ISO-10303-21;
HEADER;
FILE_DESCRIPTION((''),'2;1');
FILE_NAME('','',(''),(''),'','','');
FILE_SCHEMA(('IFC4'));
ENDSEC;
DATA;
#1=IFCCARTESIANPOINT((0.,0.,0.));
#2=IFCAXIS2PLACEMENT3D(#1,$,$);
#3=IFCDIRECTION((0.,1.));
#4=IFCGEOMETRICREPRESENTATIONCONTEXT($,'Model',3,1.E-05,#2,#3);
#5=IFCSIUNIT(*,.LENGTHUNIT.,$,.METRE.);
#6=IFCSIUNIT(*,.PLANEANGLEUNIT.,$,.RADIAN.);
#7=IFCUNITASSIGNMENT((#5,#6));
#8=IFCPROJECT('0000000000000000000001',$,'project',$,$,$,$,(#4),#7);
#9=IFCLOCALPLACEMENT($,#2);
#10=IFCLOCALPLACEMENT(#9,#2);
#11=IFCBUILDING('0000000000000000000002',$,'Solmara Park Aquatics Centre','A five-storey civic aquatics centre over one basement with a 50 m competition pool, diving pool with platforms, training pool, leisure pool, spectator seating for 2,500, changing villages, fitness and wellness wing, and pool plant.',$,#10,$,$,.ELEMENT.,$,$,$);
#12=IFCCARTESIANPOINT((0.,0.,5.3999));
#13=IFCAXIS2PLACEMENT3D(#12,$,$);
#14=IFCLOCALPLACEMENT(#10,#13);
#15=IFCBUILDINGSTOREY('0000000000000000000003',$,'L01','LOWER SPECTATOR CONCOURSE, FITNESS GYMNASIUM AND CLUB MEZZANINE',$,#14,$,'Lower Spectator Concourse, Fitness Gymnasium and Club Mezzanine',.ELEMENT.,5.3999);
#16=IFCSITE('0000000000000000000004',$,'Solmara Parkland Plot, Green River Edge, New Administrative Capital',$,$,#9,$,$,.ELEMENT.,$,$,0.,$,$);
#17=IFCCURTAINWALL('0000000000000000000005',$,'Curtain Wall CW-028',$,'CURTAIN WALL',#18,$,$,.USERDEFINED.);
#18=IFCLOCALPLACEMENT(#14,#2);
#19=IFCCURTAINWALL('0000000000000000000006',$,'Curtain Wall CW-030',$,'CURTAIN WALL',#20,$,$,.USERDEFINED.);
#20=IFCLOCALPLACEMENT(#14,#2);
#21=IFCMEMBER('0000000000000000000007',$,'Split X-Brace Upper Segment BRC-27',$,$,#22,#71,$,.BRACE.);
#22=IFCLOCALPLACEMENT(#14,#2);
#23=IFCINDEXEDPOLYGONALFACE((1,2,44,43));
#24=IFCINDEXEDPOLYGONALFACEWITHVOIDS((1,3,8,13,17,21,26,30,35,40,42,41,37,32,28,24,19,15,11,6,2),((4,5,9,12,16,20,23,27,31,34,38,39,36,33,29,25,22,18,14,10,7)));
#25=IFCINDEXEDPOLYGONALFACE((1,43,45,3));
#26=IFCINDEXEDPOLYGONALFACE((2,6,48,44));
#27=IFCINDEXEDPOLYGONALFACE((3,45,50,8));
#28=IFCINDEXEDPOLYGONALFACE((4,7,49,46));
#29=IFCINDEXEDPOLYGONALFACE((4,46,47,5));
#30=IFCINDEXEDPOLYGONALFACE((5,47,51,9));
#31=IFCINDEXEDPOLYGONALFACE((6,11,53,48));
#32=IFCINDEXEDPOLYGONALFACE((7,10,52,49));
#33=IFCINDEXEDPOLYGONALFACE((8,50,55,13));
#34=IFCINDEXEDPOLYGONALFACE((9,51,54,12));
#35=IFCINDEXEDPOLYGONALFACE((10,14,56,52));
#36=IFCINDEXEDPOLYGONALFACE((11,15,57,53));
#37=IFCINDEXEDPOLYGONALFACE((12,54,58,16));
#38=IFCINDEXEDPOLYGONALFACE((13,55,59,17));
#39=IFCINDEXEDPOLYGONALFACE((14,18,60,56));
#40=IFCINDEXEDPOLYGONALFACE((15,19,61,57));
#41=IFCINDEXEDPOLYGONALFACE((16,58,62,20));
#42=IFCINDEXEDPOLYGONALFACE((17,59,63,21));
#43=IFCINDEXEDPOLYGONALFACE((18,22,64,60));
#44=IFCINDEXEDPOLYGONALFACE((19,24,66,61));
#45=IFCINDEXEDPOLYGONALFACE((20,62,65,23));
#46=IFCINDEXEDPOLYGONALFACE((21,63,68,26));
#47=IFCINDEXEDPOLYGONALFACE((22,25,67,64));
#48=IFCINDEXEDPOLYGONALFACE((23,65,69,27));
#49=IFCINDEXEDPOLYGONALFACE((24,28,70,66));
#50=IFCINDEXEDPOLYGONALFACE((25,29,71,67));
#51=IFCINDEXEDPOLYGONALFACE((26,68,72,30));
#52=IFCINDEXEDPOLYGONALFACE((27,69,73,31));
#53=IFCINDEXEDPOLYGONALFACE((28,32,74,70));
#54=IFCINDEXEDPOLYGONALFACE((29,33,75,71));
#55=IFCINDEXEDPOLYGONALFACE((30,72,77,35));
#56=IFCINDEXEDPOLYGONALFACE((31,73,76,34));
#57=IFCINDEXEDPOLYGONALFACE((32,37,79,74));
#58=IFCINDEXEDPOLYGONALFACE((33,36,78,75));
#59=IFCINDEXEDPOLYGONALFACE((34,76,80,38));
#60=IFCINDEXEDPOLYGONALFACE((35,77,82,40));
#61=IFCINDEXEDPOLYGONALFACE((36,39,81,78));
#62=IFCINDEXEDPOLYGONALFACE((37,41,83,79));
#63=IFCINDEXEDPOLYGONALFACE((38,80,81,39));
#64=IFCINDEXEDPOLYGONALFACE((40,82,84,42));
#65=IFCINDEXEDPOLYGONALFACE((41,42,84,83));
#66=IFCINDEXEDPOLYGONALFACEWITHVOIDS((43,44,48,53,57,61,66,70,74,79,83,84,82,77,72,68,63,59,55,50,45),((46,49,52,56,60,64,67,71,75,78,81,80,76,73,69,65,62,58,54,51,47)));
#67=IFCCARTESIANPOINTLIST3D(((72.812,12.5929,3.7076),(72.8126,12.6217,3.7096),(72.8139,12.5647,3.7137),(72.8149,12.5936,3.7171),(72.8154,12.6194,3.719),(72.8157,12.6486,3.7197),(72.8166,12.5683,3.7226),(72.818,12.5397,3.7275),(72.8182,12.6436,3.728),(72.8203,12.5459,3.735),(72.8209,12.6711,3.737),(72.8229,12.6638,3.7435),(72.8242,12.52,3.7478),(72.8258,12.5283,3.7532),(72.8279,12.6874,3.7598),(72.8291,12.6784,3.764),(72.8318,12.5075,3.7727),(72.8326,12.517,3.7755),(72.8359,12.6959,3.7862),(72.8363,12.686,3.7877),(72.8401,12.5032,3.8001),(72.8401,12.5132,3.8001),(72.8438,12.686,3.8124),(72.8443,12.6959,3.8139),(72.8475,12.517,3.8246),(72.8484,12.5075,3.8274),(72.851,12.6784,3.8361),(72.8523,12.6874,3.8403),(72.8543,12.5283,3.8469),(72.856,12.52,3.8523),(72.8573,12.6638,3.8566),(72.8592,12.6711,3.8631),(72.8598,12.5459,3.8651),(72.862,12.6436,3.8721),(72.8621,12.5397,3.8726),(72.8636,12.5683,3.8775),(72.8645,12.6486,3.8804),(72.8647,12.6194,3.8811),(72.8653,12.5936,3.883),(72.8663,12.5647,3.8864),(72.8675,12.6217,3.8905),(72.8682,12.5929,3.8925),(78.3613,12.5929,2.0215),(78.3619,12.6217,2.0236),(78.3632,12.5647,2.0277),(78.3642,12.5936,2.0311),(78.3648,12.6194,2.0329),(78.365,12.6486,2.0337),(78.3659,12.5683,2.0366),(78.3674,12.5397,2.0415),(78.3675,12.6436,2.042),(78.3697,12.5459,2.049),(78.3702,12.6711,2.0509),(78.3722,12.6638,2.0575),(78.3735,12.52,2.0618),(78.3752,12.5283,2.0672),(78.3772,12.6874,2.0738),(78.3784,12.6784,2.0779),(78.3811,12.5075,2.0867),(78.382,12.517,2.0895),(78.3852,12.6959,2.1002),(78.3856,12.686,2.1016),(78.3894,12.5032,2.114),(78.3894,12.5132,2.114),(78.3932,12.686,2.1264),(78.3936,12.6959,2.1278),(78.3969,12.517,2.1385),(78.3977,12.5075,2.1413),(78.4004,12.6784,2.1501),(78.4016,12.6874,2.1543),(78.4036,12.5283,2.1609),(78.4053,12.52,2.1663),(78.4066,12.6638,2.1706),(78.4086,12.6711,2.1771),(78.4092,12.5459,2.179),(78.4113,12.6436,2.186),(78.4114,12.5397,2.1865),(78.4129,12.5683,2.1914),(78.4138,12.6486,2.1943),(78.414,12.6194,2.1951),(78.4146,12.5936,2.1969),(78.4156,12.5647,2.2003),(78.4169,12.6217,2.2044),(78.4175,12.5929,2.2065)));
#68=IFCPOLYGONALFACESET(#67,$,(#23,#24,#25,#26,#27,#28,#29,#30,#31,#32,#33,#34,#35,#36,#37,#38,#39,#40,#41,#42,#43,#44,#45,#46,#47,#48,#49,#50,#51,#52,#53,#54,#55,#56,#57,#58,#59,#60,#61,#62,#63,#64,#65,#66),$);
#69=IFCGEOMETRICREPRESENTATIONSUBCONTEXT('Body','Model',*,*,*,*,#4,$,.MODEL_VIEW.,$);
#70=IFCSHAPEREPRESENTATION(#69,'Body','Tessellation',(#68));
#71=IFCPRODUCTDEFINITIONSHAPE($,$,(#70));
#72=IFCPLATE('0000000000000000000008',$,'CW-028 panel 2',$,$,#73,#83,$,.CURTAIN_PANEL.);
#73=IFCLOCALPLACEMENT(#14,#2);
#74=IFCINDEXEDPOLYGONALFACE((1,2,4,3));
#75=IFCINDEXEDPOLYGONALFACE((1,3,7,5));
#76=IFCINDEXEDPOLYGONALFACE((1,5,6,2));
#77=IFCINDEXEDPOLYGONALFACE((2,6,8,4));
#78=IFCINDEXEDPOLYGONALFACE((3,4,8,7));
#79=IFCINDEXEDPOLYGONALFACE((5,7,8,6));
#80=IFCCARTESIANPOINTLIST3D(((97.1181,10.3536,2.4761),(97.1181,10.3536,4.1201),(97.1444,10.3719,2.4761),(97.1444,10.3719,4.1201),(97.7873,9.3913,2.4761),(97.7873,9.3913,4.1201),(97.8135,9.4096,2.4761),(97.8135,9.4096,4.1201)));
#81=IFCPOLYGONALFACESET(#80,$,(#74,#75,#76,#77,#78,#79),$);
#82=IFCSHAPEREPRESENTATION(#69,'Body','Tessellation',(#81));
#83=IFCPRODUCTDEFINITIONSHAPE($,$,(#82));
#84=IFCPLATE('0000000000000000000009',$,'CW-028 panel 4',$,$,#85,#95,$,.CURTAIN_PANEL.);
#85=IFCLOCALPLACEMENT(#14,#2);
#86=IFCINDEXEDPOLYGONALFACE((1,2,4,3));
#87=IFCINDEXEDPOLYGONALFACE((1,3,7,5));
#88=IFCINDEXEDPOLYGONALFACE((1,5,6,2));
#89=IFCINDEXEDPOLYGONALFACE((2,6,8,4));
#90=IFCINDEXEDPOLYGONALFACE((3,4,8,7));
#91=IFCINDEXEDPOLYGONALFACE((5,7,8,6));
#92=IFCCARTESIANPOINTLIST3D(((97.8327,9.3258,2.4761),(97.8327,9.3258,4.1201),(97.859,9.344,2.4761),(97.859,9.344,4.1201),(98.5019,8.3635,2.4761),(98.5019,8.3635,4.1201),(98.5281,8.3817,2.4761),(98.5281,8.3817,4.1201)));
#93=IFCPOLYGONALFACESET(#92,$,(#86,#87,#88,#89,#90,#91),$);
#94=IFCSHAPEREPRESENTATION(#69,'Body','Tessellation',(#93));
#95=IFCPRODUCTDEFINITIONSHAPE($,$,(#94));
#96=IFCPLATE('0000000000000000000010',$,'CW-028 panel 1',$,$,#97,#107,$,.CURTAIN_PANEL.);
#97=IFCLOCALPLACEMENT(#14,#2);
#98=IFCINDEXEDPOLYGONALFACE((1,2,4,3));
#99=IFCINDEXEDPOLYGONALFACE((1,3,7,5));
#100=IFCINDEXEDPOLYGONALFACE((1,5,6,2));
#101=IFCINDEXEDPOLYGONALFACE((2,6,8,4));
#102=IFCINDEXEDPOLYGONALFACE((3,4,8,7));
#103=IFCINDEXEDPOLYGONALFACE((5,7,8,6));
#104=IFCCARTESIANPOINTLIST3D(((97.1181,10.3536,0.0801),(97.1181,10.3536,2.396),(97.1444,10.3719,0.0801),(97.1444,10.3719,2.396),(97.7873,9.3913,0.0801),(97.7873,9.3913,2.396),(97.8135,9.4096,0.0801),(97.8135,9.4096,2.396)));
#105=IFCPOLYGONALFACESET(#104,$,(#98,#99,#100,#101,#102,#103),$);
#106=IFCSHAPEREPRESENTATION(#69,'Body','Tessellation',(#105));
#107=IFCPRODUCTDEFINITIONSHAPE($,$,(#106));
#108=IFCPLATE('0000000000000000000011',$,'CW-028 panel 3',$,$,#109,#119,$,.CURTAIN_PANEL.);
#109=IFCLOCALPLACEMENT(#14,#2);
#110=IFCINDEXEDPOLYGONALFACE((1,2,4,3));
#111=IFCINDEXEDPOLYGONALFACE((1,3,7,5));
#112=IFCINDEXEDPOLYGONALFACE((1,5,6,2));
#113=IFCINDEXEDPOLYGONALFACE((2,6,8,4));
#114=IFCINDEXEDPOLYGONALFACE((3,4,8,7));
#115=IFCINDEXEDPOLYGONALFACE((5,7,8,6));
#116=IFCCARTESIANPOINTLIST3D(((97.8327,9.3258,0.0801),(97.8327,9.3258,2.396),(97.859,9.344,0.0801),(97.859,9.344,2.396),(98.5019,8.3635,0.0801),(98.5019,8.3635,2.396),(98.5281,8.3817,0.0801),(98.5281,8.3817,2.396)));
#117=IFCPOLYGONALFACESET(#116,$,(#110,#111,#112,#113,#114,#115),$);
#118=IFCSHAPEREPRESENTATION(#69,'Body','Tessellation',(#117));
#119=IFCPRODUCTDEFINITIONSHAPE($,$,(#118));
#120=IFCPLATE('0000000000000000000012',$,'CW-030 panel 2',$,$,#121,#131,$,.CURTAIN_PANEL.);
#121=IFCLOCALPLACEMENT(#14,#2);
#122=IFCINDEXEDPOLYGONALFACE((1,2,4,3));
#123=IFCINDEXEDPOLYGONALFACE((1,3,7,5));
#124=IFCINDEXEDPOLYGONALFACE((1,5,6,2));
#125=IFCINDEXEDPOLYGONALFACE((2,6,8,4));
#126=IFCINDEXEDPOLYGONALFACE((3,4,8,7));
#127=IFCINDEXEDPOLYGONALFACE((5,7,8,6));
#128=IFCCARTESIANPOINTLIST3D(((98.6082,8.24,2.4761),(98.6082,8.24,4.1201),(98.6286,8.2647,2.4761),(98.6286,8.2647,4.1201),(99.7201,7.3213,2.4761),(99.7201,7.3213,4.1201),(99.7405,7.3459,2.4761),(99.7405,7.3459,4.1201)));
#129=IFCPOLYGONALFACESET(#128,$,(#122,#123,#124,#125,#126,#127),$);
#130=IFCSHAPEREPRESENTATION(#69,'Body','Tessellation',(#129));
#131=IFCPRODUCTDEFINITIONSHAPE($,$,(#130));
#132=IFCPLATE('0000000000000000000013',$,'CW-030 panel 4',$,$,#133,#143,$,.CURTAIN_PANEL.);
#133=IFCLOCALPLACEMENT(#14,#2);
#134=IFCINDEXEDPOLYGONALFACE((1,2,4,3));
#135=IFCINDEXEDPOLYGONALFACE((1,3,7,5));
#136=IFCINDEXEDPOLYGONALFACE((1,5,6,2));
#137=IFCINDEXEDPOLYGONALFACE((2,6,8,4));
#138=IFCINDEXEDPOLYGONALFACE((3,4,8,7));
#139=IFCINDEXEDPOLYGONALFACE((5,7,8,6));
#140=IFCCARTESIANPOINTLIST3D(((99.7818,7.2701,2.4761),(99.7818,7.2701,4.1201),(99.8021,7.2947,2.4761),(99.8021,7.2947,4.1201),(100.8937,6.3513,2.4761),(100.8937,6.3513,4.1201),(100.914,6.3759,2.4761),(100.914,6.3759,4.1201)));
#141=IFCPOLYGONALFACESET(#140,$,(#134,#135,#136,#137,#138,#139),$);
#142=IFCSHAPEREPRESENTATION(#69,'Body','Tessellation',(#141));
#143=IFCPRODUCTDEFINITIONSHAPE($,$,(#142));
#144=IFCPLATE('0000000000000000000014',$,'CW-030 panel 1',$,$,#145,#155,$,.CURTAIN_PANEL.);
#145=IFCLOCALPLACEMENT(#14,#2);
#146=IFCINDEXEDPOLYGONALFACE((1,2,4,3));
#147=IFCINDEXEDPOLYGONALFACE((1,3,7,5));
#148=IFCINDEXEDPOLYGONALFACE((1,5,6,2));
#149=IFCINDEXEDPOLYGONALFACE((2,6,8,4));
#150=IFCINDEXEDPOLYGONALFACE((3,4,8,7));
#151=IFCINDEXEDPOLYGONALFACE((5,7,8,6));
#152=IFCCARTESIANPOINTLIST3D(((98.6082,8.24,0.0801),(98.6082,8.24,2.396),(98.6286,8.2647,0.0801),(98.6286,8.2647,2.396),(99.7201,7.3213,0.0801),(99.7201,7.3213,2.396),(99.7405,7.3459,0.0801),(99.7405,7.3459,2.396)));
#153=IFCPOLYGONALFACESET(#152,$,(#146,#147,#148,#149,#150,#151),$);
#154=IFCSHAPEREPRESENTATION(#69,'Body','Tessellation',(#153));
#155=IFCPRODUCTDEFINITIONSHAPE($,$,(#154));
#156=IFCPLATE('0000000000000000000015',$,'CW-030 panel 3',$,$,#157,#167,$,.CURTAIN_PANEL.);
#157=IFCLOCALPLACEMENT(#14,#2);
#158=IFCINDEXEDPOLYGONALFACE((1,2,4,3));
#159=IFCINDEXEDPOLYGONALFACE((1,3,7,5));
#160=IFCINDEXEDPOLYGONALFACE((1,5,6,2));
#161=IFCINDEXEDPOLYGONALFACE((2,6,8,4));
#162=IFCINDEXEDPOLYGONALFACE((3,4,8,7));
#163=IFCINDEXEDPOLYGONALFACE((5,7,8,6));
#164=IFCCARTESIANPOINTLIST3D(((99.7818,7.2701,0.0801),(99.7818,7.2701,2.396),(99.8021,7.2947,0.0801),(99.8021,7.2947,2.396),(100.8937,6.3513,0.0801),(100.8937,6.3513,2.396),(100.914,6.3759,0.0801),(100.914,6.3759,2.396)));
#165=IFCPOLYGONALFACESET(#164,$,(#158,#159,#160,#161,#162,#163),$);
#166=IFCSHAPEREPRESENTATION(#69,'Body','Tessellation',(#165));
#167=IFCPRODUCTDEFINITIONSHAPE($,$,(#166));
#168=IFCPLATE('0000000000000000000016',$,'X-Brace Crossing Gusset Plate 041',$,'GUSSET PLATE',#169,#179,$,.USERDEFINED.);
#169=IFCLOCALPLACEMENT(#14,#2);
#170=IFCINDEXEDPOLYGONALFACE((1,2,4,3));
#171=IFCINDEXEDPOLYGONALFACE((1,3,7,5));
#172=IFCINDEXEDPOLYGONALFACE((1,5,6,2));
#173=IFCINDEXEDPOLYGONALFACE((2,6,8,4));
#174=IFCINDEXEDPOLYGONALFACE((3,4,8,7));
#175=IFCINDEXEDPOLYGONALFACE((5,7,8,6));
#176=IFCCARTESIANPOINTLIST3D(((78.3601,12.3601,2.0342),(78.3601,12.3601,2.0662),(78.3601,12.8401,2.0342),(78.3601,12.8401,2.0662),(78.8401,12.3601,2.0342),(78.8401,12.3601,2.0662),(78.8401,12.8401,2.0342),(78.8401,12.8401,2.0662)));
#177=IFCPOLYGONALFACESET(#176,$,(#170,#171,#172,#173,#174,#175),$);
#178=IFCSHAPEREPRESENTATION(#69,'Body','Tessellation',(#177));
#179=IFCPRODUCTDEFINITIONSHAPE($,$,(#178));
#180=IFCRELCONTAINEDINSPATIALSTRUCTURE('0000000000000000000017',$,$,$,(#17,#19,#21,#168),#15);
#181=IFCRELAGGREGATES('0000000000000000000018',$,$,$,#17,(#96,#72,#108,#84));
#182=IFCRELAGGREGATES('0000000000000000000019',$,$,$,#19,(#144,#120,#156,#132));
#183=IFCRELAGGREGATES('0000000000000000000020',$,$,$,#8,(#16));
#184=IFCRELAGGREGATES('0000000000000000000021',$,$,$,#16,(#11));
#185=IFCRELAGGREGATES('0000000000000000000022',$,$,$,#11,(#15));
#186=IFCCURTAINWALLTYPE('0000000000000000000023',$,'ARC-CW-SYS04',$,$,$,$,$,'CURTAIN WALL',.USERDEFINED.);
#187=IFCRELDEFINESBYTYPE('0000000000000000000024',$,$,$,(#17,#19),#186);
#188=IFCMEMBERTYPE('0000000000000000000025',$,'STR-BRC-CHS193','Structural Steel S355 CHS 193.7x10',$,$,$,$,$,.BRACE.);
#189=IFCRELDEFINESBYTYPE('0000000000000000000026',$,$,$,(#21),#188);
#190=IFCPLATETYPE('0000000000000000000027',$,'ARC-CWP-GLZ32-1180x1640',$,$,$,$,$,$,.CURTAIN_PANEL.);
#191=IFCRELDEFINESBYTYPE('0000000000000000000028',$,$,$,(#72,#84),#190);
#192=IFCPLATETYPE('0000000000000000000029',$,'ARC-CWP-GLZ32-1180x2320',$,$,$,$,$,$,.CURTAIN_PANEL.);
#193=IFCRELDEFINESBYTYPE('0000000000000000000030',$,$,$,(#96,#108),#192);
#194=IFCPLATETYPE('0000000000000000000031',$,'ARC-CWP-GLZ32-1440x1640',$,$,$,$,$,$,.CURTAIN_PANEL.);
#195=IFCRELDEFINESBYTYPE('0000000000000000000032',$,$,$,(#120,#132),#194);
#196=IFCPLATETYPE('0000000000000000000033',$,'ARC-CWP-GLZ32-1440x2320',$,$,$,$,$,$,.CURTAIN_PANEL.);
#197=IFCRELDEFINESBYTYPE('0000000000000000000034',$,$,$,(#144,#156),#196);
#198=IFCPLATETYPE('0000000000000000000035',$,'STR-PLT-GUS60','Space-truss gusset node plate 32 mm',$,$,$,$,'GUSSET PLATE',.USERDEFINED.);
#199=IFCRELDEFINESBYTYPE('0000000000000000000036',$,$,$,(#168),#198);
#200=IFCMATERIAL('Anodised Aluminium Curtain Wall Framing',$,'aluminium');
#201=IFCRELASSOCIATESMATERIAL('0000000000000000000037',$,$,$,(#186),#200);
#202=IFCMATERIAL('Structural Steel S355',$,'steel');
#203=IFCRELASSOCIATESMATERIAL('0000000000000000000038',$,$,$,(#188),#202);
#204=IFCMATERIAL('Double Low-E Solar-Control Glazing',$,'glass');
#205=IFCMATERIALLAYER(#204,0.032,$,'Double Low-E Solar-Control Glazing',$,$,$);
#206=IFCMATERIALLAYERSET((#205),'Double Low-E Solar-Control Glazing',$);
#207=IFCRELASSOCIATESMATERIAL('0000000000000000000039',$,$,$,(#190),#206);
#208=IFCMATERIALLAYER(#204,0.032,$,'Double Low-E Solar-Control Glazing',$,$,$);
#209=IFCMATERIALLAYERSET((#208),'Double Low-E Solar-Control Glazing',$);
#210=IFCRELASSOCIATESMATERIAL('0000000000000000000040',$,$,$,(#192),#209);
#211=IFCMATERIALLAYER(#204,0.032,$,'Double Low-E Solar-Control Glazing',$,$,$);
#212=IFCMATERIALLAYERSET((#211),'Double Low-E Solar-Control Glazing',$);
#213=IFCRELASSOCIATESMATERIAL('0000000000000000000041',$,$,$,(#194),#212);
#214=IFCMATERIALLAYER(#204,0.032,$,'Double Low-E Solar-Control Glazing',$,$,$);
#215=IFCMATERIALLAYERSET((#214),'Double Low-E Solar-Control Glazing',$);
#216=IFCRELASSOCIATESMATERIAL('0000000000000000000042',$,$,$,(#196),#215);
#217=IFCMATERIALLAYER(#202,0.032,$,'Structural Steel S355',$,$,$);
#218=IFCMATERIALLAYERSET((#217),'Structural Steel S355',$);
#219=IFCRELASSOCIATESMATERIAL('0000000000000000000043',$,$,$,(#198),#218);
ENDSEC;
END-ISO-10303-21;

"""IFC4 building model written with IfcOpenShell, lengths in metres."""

from ifc_helpers import new_model, si_unit, direction, frame, origin, origin_2d, place, context, subcontext, project, spatial, rectangle, hollow_circle, extrude, material, layer, layer_set, material_profile, profile_set, type_object, element, aggregate, save


model = new_model("IFC4")

# Units and contexts
model_context = context("Model", 3, precision=1e-05, world=origin(), true_north=direction((0.0, 1.0)))
body_context = subcontext(model_context, "Body", "Model", "MODEL_VIEW")
ifc_project = project(units=[si_unit("LENGTHUNIT", "METRE"), si_unit("PLANEANGLEUNIT", "RADIAN")], contexts=[model_context])

# Site, building, storey
site_placement = place(None, origin())
site = spatial("IfcSite", under=ifc_project, at=site_placement, Name="Solmara Parkland Plot, Green River Edge, New Administrative Capital", CompositionType="ELEMENT", RefElevation=0.0)
building_placement = place(site_placement, origin())
building = spatial("IfcBuilding", under=site, at=building_placement, Name="Solmara Park Aquatics Centre", Description="A five-storey civic aquatics centre over one basement with a 50 m competition pool, diving pool with platforms, training pool, leisure pool, spectator seating for 2,500, changing villages, fitness and wellness wing, and pool plant.", CompositionType="ELEMENT")
storey_placement = place(building_placement, frame((0.0, 0.0, 5.3999)))
storey = spatial("IfcBuildingStorey", under=building, at=storey_placement, Name="L01", Description="LOWER SPECTATOR CONCOURSE, FITNESS GYMNASIUM AND CLUB MEZZANINE", LongName="Lower Spectator Concourse, Fitness Gymnasium and Club Mezzanine", CompositionType="ELEMENT", Elevation=5.3999)

# Curtain walls
ifc_material_1 = material(Name="Anodised Aluminium Curtain Wall Framing", Category="aluminium")
curtain_wall_type = type_object("IfcCurtainWallType", Name="ARC-CW-SYS04", ElementType="CURTAIN WALL", PredefinedType="USERDEFINED", material=ifc_material_1)
curtain_wall_1_placement = place(storey_placement, origin())
curtain_wall_1 = element("IfcCurtainWall", 1, at=curtain_wall_1_placement, inside=storey, type_object=curtain_wall_type, Name="Curtain Wall CW-028", ObjectType="CURTAIN WALL", PredefinedType="USERDEFINED")
curtain_wall_2_placement = place(storey_placement, origin())
curtain_wall_2 = element("IfcCurtainWall", 2, at=curtain_wall_2_placement, inside=storey, type_object=curtain_wall_type, Name="Curtain Wall CW-030", ObjectType="CURTAIN WALL", PredefinedType="USERDEFINED")

# Member
ifc_material_2 = material(Name="Structural Steel S355", Category="steel")
ifc_material_profile_1 = material_profile(ifc_material_2, hollow_circle(Radius=0.0969, WallThickness=0.01, at=origin_2d()), Name="CHS 193.7x10")
ifc_profile_set_1 = profile_set([ifc_material_profile_1], Name="Structural Steel S355")
member_type_1 = type_object("IfcMemberType", Name="STR-BRC-CHS193", Description="Structural Steel S355 CHS 193.7x10", PredefinedType="BRACE", material=ifc_profile_set_1)
member_1_placement = place(storey_placement, frame((78.3894, 12.6001, 2.114), z_axis=(-0.956812, 0.0, 0.290706), x_axis=(0.0, -1.0, 0.0)))
element("IfcMember", 3, at=member_1_placement, inside=storey, type_object=member_type_1, Name="Split X-Brace Upper Segment BRC-27", PredefinedType="BRACE", context=body_context, shape_type="SweptSolid", body=[
    extrude(hollow_circle(Radius=0.0969, WallThickness=0.01, at=origin_2d()), origin(), (0.0, 0.0, 1.0), 5.7998),
])

# Plates
ifc_material_3 = material(Name="Double Low-E Solar-Control Glazing", Category="glass")
ifc_layer_1 = layer(ifc_material_3, 0.032, Name="Double Low-E Solar-Control Glazing")
ifc_layer_set_1 = layer_set([ifc_layer_1], Name="Double Low-E Solar-Control Glazing")
plate_type_1 = type_object("IfcPlateType", Name="ARC-CWP-GLZ32-1180x1640", PredefinedType="CURTAIN_PANEL", material=ifc_layer_set_1)
plate_1_placement = place(storey_placement, frame((97.4658, 9.8816, 2.4761), z_axis=(0.0, 0.0, 1.0), x_axis=(0.570927, -0.821001, 0.0)))
plate_1 = element("IfcPlate", 4, at=plate_1_placement, type_object=plate_type_1, Name="CW-028 panel 2", PredefinedType="CURTAIN_PANEL", context=body_context, shape_type="SweptSolid", body=[
    extrude(rectangle(XDim=1.1721, YDim=0.032, at=origin_2d()), origin(), (0.0, 0.0, 1.0), 1.644),
])
plate_2_placement = place(storey_placement, frame((98.1804, 8.8538, 2.4761), z_axis=(0.0, 0.0, 1.0), x_axis=(0.570927, -0.821001, 0.0)))
plate_2 = element("IfcPlate", 5, at=plate_2_placement, type_object=plate_type_1, Name="CW-028 panel 4", PredefinedType="CURTAIN_PANEL", context=body_context, shape_type="SweptSolid", body=[
    extrude(rectangle(XDim=1.1721, YDim=0.032, at=origin_2d()), origin(), (0.0, 0.0, 1.0), 1.644),
])
ifc_layer_2 = layer(ifc_material_3, 0.032, Name="Double Low-E Solar-Control Glazing")
ifc_layer_set_2 = layer_set([ifc_layer_2], Name="Double Low-E Solar-Control Glazing")
plate_type_2 = type_object("IfcPlateType", Name="ARC-CWP-GLZ32-1180x2320", PredefinedType="CURTAIN_PANEL", material=ifc_layer_set_2)
plate_3_placement = place(storey_placement, frame((97.4658, 9.8816, 0.0801), z_axis=(0.0, 0.0, 1.0), x_axis=(0.570927, -0.821001, 0.0)))
plate_3 = element("IfcPlate", 6, at=plate_3_placement, type_object=plate_type_2, Name="CW-028 panel 1", PredefinedType="CURTAIN_PANEL", context=body_context, shape_type="SweptSolid", body=[
    extrude(rectangle(XDim=1.1721, YDim=0.032, at=origin_2d()), origin(), (0.0, 0.0, 1.0), 2.3159),
])
plate_4_placement = place(storey_placement, frame((98.1804, 8.8538, 0.0801), z_axis=(0.0, 0.0, 1.0), x_axis=(0.570927, -0.821001, 0.0)))
plate_4 = element("IfcPlate", 7, at=plate_4_placement, type_object=plate_type_2, Name="CW-028 panel 3", PredefinedType="CURTAIN_PANEL", context=body_context, shape_type="SweptSolid", body=[
    extrude(rectangle(XDim=1.1721, YDim=0.032, at=origin_2d()), origin(), (0.0, 0.0, 1.0), 2.3159),
])
aggregate(curtain_wall_1, [plate_3, plate_1, plate_4, plate_2])
ifc_layer_3 = layer(ifc_material_3, 0.032, Name="Double Low-E Solar-Control Glazing")
ifc_layer_set_3 = layer_set([ifc_layer_3], Name="Double Low-E Solar-Control Glazing")
plate_type_3 = type_object("IfcPlateType", Name="ARC-CWP-GLZ32-1440x1640", PredefinedType="CURTAIN_PANEL", material=ifc_layer_set_3)
plate_5_placement = place(storey_placement, frame((99.1743, 7.793, 2.4761), z_axis=(0.0, 0.0, 1.0), x_axis=(0.770877, -0.636984, 0.0)))
plate_5 = element("IfcPlate", 8, at=plate_5_placement, type_object=plate_type_3, Name="CW-030 panel 2", PredefinedType="CURTAIN_PANEL", context=body_context, shape_type="SweptSolid", body=[
    extrude(rectangle(XDim=1.4424, YDim=0.032, at=origin_2d()), origin(), (0.0, 0.0, 1.0), 1.644),
])
plate_6_placement = place(storey_placement, frame((100.3479, 6.823, 2.4761), z_axis=(0.0, 0.0, 1.0), x_axis=(0.770877, -0.636984, 0.0)))
plate_6 = element("IfcPlate", 9, at=plate_6_placement, type_object=plate_type_3, Name="CW-030 panel 4", PredefinedType="CURTAIN_PANEL", context=body_context, shape_type="SweptSolid", body=[
    extrude(rectangle(XDim=1.4424, YDim=0.032, at=origin_2d()), origin(), (0.0, 0.0, 1.0), 1.644),
])
ifc_layer_4 = layer(ifc_material_3, 0.032, Name="Double Low-E Solar-Control Glazing")
ifc_layer_set_4 = layer_set([ifc_layer_4], Name="Double Low-E Solar-Control Glazing")
plate_type_4 = type_object("IfcPlateType", Name="ARC-CWP-GLZ32-1440x2320", PredefinedType="CURTAIN_PANEL", material=ifc_layer_set_4)
plate_7_placement = place(storey_placement, frame((99.1743, 7.793, 0.0801), z_axis=(0.0, 0.0, 1.0), x_axis=(0.770877, -0.636984, 0.0)))
plate_7 = element("IfcPlate", 10, at=plate_7_placement, type_object=plate_type_4, Name="CW-030 panel 1", PredefinedType="CURTAIN_PANEL", context=body_context, shape_type="SweptSolid", body=[
    extrude(rectangle(XDim=1.4424, YDim=0.032, at=origin_2d()), origin(), (0.0, 0.0, 1.0), 2.3159),
])
plate_8_placement = place(storey_placement, frame((100.3479, 6.823, 0.0801), z_axis=(0.0, 0.0, 1.0), x_axis=(0.770877, -0.636984, 0.0)))
plate_8 = element("IfcPlate", 11, at=plate_8_placement, type_object=plate_type_4, Name="CW-030 panel 3", PredefinedType="CURTAIN_PANEL", context=body_context, shape_type="SweptSolid", body=[
    extrude(rectangle(XDim=1.4424, YDim=0.032, at=origin_2d()), origin(), (0.0, 0.0, 1.0), 2.3159),
])
aggregate(curtain_wall_2, [plate_7, plate_5, plate_8, plate_6])
ifc_layer_5 = layer(ifc_material_2, 0.032, Name="Structural Steel S355")
ifc_layer_set_5 = layer_set([ifc_layer_5], Name="Structural Steel S355")
plate_type_5 = type_object("IfcPlateType", Name="STR-PLT-GUS60", Description="Space-truss gusset node plate 32 mm", ElementType="GUSSET PLATE", PredefinedType="USERDEFINED", material=ifc_layer_set_5)
plate_9_placement = place(storey_placement, frame((78.6001, 12.6001, 2.0342), z_axis=(0.0, 0.0, 1.0), x_axis=(1.0, 0.0, 0.0)))
element("IfcPlate", 12, at=plate_9_placement, inside=storey, type_object=plate_type_5, Name="X-Brace Crossing Gusset Plate 041", ObjectType="GUSSET PLATE", PredefinedType="USERDEFINED", context=body_context, shape_type="SweptSolid", body=[
    extrude(rectangle(XDim=0.48, YDim=0.48, at=origin_2d()), origin(), (0.0, 0.0, 1.0), 0.032),
])

save(model, "model.ifc")
